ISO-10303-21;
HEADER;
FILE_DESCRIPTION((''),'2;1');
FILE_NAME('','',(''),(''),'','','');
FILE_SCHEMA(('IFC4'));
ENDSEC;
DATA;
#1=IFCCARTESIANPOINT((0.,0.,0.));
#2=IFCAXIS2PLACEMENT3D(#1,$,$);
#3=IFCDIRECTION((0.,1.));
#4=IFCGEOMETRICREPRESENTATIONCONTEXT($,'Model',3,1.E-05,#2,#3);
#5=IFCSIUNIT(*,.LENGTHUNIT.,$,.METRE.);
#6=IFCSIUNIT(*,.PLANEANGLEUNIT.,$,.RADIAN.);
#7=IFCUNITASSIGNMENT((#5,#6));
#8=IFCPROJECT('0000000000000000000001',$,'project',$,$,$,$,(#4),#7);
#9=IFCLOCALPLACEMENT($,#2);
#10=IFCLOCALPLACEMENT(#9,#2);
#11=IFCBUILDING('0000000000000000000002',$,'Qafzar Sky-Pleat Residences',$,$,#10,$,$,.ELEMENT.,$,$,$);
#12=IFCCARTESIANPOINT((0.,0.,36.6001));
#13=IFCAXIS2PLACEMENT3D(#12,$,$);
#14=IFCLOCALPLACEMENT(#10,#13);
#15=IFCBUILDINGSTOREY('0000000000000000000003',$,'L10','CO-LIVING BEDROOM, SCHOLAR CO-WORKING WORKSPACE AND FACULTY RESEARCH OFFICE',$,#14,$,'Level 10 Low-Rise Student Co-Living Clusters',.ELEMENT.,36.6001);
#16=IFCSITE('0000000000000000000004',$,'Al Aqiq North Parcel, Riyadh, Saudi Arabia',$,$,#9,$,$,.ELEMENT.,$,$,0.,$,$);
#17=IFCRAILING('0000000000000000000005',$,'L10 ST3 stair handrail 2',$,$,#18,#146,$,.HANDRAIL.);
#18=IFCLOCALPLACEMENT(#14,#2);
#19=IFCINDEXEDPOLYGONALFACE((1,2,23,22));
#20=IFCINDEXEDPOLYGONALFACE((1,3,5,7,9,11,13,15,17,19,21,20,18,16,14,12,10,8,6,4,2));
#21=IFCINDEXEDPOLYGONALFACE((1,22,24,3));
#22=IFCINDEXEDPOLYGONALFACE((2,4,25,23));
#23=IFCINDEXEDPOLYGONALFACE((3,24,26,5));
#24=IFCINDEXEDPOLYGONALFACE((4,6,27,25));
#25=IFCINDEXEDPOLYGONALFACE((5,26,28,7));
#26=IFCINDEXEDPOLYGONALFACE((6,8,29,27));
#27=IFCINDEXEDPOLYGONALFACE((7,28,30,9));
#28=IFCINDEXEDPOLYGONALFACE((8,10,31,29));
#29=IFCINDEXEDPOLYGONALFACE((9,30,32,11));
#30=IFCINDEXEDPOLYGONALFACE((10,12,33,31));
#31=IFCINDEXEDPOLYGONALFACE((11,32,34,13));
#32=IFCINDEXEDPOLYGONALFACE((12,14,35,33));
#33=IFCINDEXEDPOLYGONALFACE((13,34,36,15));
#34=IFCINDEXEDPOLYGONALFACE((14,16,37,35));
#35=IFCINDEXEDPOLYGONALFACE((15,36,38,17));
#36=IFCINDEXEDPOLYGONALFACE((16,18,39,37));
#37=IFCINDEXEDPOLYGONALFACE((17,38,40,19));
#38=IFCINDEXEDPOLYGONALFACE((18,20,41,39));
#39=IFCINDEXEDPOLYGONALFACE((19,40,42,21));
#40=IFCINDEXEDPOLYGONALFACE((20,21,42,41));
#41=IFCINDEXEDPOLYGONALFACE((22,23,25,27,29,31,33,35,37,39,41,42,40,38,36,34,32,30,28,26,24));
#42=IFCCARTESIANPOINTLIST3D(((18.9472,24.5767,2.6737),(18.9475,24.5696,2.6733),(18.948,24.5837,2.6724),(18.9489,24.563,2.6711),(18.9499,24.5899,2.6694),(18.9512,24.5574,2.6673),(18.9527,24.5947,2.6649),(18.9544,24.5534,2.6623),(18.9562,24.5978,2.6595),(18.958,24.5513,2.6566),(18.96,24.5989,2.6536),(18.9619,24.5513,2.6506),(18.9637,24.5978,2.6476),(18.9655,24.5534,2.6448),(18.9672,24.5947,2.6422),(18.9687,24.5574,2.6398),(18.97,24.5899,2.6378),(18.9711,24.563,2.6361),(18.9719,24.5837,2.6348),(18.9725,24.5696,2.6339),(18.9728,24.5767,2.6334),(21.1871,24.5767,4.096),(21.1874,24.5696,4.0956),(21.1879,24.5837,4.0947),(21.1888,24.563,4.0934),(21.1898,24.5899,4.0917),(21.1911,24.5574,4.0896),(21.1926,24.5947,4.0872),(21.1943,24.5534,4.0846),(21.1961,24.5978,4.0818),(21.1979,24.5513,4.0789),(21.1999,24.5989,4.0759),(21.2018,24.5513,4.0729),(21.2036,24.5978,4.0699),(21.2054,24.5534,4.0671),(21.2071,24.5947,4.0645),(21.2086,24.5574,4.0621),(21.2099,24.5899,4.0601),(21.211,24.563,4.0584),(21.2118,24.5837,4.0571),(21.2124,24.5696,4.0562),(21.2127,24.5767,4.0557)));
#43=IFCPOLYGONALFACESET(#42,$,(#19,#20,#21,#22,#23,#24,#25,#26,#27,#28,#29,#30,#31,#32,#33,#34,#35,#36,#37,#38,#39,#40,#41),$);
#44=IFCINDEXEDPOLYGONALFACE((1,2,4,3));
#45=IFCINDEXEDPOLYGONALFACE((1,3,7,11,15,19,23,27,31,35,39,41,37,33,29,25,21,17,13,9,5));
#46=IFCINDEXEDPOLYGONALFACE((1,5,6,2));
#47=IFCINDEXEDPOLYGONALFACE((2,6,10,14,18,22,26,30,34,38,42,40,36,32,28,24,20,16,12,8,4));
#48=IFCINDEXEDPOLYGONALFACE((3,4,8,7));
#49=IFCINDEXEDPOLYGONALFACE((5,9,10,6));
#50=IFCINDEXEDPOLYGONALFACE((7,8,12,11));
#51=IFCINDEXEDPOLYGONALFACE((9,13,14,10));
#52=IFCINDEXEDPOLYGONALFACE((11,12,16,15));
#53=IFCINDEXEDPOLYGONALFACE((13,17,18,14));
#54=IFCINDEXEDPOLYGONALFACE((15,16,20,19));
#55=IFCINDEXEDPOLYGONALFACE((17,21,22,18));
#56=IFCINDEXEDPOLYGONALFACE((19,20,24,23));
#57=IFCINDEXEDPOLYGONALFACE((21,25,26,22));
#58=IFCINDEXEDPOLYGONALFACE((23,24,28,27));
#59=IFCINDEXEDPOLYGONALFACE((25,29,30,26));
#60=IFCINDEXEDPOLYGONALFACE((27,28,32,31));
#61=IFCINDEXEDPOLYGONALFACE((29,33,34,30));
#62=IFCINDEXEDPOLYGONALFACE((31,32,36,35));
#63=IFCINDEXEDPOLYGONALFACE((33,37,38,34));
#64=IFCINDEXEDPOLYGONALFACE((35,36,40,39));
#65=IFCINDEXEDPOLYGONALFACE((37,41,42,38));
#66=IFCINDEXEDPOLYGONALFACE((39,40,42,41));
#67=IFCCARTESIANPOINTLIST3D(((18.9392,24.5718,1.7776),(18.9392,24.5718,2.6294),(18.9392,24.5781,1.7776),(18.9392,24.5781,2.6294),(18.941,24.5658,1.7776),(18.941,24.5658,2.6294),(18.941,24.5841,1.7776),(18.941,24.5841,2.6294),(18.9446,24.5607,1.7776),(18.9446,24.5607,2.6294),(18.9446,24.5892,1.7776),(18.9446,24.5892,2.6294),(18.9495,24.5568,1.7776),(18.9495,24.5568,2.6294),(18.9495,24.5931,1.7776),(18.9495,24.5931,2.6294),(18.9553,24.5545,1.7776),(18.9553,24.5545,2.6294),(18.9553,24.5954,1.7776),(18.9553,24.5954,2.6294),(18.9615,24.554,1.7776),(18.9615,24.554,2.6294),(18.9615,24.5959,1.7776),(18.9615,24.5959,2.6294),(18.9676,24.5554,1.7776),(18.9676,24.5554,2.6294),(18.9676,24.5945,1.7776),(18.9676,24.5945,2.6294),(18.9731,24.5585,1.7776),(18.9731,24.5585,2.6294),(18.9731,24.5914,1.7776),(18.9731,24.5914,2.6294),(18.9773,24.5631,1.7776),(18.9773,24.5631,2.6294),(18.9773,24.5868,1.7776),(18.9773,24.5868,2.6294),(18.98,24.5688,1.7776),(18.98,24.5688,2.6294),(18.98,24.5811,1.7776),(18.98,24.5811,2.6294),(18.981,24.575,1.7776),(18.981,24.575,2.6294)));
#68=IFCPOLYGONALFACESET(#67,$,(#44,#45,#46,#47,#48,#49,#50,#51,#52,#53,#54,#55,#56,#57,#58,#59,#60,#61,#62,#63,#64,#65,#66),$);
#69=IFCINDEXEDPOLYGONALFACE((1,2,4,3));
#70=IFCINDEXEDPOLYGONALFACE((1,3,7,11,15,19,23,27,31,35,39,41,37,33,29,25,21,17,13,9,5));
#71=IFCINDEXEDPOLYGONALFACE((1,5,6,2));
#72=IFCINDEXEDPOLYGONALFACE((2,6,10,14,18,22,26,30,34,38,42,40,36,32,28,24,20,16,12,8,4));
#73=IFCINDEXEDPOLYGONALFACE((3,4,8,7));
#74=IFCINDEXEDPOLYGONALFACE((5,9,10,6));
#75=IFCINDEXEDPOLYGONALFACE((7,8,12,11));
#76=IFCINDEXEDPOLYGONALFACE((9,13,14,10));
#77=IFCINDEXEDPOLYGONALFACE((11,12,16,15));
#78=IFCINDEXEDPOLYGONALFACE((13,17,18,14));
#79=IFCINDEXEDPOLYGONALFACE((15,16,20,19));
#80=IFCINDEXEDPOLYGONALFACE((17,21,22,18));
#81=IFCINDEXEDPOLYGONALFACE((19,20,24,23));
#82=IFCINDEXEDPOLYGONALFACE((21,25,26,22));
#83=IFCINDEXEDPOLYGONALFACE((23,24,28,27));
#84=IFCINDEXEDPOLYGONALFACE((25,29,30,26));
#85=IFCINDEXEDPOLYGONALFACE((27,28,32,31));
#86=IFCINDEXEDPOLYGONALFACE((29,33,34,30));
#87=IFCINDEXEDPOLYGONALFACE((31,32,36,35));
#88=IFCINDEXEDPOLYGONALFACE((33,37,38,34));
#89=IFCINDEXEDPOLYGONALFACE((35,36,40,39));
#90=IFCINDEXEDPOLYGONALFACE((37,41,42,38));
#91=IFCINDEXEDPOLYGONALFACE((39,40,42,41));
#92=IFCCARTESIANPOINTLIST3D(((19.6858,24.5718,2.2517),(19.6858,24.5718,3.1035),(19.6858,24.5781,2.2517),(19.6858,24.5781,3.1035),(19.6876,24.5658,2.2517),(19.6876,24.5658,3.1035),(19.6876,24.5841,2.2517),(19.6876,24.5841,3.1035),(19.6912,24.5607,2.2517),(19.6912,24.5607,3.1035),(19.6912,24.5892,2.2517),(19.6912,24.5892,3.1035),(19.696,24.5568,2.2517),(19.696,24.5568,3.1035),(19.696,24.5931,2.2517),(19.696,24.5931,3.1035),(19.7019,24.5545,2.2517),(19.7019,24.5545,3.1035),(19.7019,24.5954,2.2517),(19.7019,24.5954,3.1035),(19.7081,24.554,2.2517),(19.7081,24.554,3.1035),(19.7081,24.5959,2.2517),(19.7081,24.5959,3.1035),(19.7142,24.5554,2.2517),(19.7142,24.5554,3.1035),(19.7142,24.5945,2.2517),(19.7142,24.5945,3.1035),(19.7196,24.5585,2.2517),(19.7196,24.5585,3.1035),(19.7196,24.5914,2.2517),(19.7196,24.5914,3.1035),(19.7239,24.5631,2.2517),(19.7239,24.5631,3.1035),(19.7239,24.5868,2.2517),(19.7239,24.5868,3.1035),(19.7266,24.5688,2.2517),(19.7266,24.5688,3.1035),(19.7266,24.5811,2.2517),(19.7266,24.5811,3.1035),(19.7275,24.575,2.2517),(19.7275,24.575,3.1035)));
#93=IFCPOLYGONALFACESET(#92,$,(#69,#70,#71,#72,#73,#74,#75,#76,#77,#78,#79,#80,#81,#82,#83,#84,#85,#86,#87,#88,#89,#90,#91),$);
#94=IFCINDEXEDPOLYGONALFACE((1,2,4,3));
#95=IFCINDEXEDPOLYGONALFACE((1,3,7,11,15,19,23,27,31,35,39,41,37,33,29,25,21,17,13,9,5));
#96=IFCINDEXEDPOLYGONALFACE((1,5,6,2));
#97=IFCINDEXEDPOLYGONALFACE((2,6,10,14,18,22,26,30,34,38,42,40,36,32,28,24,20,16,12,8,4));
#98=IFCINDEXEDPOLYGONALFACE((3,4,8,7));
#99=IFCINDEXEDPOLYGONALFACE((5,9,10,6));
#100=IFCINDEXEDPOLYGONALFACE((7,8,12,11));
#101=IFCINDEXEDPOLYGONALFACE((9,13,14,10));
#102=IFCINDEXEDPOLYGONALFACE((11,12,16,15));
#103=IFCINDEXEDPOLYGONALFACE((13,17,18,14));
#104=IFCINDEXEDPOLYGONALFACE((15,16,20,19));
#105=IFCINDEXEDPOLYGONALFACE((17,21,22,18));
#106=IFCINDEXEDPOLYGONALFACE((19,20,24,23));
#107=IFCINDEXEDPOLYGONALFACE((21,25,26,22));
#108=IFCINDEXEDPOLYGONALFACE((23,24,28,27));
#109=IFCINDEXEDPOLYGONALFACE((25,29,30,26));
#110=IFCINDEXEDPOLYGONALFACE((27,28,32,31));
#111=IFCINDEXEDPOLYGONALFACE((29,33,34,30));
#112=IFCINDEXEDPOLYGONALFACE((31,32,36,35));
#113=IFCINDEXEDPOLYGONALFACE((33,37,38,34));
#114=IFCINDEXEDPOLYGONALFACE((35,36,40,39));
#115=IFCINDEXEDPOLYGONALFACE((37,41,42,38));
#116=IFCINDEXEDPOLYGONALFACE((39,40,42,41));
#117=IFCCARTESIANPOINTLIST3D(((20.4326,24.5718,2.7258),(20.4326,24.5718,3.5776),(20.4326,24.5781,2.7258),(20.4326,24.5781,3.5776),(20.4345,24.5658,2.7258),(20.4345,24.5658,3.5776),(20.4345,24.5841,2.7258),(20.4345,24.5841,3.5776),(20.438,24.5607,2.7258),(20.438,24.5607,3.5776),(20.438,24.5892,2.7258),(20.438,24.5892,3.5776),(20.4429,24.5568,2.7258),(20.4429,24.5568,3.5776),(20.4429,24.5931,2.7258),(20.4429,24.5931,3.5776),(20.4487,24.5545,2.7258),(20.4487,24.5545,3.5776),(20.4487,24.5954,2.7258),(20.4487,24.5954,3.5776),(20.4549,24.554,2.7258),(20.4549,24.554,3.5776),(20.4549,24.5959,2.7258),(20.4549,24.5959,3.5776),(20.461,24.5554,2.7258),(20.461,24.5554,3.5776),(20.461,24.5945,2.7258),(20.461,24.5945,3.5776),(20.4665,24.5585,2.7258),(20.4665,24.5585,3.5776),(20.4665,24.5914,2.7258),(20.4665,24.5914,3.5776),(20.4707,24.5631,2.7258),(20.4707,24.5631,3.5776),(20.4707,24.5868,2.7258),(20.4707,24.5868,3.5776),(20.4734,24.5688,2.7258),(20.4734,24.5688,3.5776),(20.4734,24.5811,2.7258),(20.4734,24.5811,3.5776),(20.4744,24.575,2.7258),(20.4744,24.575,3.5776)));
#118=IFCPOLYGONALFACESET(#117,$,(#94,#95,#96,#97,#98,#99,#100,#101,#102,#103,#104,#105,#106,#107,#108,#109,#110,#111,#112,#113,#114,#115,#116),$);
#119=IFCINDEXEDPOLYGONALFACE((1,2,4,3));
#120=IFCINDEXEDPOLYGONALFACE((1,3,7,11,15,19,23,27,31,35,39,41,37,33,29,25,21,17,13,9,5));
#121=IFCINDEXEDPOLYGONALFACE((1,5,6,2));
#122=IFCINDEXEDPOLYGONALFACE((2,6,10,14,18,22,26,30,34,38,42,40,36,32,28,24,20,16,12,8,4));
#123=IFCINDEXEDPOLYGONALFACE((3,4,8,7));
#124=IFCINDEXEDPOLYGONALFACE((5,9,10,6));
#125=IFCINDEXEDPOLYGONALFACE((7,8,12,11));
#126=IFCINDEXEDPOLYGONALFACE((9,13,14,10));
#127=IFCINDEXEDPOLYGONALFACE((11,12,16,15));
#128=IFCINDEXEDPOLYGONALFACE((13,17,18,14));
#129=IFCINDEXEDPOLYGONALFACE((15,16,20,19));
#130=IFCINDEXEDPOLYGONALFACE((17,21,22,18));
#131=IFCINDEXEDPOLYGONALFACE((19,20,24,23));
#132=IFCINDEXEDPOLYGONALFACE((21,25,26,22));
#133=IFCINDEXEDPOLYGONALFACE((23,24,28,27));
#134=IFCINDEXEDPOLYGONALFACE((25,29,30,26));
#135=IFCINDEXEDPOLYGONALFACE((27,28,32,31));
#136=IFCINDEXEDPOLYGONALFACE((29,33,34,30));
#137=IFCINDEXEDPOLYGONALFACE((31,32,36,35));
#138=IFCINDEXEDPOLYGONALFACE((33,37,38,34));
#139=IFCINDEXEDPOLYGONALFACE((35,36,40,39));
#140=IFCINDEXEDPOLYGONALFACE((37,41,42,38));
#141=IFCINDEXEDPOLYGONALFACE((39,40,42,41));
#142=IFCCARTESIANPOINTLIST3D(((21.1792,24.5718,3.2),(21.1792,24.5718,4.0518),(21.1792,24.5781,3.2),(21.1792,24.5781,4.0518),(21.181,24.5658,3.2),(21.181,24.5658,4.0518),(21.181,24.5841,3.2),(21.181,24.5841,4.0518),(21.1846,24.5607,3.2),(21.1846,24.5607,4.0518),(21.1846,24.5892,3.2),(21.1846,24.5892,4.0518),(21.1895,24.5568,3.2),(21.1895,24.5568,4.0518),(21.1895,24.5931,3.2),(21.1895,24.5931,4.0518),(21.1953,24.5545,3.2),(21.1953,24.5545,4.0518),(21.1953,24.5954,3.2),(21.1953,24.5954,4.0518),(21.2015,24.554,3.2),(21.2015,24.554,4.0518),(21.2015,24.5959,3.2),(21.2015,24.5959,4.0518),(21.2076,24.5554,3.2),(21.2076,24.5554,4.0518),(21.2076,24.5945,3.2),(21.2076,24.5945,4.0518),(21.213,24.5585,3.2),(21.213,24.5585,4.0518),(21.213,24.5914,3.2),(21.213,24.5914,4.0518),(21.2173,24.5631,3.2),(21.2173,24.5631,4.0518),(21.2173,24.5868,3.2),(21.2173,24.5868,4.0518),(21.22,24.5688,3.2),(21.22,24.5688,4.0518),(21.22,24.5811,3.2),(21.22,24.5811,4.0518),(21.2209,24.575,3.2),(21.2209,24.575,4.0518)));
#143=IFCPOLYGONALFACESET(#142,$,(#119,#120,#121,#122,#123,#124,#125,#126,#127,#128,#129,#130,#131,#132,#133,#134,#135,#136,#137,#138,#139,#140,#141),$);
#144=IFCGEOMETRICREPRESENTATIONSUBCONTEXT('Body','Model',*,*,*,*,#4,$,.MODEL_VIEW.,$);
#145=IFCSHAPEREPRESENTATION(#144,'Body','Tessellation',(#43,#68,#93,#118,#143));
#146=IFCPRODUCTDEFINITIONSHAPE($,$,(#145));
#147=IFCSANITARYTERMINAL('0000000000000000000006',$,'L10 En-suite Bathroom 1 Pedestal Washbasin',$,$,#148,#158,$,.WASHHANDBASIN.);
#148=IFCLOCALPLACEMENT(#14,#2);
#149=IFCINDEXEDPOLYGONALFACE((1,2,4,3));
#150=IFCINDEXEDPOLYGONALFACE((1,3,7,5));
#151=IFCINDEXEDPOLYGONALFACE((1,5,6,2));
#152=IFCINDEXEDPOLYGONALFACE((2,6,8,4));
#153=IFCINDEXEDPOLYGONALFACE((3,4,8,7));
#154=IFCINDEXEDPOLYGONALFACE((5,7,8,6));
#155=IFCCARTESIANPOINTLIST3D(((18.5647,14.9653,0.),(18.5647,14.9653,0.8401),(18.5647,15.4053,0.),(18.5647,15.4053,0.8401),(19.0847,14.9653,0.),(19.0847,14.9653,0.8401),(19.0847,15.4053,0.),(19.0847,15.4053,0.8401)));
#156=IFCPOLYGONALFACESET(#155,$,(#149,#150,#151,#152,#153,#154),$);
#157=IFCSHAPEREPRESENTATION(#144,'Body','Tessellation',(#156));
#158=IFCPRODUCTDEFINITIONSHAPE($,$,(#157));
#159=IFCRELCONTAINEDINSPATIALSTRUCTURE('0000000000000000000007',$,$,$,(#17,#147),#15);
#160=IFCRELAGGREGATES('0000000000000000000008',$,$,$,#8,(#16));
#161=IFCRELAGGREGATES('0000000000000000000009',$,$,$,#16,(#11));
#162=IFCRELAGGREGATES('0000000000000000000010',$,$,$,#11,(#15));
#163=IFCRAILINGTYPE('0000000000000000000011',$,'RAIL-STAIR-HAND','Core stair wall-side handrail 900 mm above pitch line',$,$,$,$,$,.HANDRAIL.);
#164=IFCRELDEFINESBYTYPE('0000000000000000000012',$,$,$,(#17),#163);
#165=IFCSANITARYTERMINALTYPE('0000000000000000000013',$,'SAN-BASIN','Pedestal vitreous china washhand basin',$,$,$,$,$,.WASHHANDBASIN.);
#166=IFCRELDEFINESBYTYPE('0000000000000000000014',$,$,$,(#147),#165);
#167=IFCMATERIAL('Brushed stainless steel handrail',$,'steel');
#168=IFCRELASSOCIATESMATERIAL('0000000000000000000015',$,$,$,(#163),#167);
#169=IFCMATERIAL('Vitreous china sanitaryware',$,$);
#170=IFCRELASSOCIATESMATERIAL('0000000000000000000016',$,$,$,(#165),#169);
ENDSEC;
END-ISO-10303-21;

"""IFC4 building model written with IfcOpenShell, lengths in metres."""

from ifc_helpers import new_model, si_unit, direction, frame, origin, origin_2d, place, context, subcontext, project, spatial, rectangle, circle, extrude, source, transform, mapped, material, type_object, element, save


model = new_model("IFC4")

# Units and contexts
model_context = context("Model", 3, precision=1e-05, world=origin(), true_north=direction((0.0, 1.0)))
body_context = subcontext(model_context, "Body", "Model", "MODEL_VIEW")
ifc_project = project(units=[si_unit("LENGTHUNIT", "METRE"), si_unit("PLANEANGLEUNIT", "RADIAN")], contexts=[model_context])

# Site, building, storey
site_placement = place(None, origin())
site = spatial("IfcSite", under=ifc_project, at=site_placement, Name="Al Aqiq North Parcel, Riyadh, Saudi Arabia", CompositionType="ELEMENT", RefElevation=0.0)
building_placement = place(site_placement, origin())
building = spatial("IfcBuilding", under=site, at=building_placement, Name="Qafzar Sky-Pleat Residences", CompositionType="ELEMENT")
storey_placement = place(building_placement, frame((0.0, 0.0, 36.6001)))
storey = spatial("IfcBuildingStorey", under=building, at=storey_placement, Name="L10", Description="CO-LIVING BEDROOM, SCHOLAR CO-WORKING WORKSPACE AND FACULTY RESEARCH OFFICE", LongName="Level 10 Low-Rise Student Co-Living Clusters", CompositionType="ELEMENT", Elevation=36.6001)

# Railing
ifc_material_1 = material(Name="Brushed stainless steel handrail", Category="steel")
railing_type_1 = type_object("IfcRailingType", Name="RAIL-STAIR-HAND", Description="Core stair wall-side handrail 900 mm above pitch line", PredefinedType="HANDRAIL", material=ifc_material_1)
shared_shape_1 = source(origin(), body_context, "Body", "SweptSolid", [
    extrude(circle(Radius=0.0239, at=origin_2d()), frame((0.0, 0.0, 0.876), z_axis=(0.844188, 0.0, 0.536048), x_axis=(0.0, 1.0, 0.0)), (0.0, 0.0, 1.0), 2.6533),
    extrude(circle(Radius=0.021, at=origin_2d()), origin(), (0.0, 0.0, 1.0), 0.8518),
    extrude(circle(Radius=0.021, at=origin_2d()), frame((0.7466, 0.0, 0.4741)), (0.0, 0.0, 1.0), 0.8518),
    extrude(circle(Radius=0.021, at=origin_2d()), frame((1.4934, 0.0, 0.9482)), (0.0, 0.0, 1.0), 0.8518),
    extrude(circle(Radius=0.021, at=origin_2d()), frame((2.24, 0.0, 1.4224)), (0.0, 0.0, 1.0), 0.8518),
])
for number, where, name in (
    (1, (18.96, 24.575, 1.7776), "L10 ST3 stair handrail 2"),
):
    element("IfcRailing", number, at=place(storey_placement, frame(where)), inside=storey, type_object=railing_type_1, Name=name, PredefinedType="HANDRAIL", context=body_context, shape_type="MappedRepresentation", body=[
        mapped(shared_shape_1, transform((0.0, 0.0, 0.0), x_axis=(1.0, 0.0, 0.0), y_axis=(0.0, 1.0, 0.0), z_axis=(0.0, 0.0, 1.0), scale=1.0)),
    ])

# Sanitary terminal
ifc_material_2 = material(Name="Vitreous china sanitaryware")
sanitary_terminal_type = type_object("IfcSanitaryTerminalType", Name="SAN-BASIN", Description="Pedestal vitreous china washhand basin", PredefinedType="WASHHANDBASIN", material=ifc_material_2)
shared_shape_2 = source(origin(), body_context, "Body", "SweptSolid", [
    extrude(rectangle(XDim=0.52, YDim=0.4399, at=origin_2d()), origin(), (0.0, 0.0, 1.0), 0.8401),
])
sanitary_terminal_placement = place(storey_placement, frame((18.8247, 15.1853, 0.0), z_axis=(0.0, 0.0, 1.0), x_axis=(1.0, 0.0, 0.0)))
element("IfcSanitaryTerminal", 2, at=sanitary_terminal_placement, inside=storey, type_object=sanitary_terminal_type, Name="L10 En-suite Bathroom 1 Pedestal Washbasin", PredefinedType="WASHHANDBASIN", context=body_context, shape_type="MappedRepresentation", body=[
    mapped(shared_shape_2, transform((0.0, 0.0, 0.0), x_axis=(1.0, 0.0, 0.0), y_axis=(0.0, 1.0, 0.0), z_axis=(0.0, 0.0, 1.0), scale=1.0)),
])

save(model, "model.ifc")
